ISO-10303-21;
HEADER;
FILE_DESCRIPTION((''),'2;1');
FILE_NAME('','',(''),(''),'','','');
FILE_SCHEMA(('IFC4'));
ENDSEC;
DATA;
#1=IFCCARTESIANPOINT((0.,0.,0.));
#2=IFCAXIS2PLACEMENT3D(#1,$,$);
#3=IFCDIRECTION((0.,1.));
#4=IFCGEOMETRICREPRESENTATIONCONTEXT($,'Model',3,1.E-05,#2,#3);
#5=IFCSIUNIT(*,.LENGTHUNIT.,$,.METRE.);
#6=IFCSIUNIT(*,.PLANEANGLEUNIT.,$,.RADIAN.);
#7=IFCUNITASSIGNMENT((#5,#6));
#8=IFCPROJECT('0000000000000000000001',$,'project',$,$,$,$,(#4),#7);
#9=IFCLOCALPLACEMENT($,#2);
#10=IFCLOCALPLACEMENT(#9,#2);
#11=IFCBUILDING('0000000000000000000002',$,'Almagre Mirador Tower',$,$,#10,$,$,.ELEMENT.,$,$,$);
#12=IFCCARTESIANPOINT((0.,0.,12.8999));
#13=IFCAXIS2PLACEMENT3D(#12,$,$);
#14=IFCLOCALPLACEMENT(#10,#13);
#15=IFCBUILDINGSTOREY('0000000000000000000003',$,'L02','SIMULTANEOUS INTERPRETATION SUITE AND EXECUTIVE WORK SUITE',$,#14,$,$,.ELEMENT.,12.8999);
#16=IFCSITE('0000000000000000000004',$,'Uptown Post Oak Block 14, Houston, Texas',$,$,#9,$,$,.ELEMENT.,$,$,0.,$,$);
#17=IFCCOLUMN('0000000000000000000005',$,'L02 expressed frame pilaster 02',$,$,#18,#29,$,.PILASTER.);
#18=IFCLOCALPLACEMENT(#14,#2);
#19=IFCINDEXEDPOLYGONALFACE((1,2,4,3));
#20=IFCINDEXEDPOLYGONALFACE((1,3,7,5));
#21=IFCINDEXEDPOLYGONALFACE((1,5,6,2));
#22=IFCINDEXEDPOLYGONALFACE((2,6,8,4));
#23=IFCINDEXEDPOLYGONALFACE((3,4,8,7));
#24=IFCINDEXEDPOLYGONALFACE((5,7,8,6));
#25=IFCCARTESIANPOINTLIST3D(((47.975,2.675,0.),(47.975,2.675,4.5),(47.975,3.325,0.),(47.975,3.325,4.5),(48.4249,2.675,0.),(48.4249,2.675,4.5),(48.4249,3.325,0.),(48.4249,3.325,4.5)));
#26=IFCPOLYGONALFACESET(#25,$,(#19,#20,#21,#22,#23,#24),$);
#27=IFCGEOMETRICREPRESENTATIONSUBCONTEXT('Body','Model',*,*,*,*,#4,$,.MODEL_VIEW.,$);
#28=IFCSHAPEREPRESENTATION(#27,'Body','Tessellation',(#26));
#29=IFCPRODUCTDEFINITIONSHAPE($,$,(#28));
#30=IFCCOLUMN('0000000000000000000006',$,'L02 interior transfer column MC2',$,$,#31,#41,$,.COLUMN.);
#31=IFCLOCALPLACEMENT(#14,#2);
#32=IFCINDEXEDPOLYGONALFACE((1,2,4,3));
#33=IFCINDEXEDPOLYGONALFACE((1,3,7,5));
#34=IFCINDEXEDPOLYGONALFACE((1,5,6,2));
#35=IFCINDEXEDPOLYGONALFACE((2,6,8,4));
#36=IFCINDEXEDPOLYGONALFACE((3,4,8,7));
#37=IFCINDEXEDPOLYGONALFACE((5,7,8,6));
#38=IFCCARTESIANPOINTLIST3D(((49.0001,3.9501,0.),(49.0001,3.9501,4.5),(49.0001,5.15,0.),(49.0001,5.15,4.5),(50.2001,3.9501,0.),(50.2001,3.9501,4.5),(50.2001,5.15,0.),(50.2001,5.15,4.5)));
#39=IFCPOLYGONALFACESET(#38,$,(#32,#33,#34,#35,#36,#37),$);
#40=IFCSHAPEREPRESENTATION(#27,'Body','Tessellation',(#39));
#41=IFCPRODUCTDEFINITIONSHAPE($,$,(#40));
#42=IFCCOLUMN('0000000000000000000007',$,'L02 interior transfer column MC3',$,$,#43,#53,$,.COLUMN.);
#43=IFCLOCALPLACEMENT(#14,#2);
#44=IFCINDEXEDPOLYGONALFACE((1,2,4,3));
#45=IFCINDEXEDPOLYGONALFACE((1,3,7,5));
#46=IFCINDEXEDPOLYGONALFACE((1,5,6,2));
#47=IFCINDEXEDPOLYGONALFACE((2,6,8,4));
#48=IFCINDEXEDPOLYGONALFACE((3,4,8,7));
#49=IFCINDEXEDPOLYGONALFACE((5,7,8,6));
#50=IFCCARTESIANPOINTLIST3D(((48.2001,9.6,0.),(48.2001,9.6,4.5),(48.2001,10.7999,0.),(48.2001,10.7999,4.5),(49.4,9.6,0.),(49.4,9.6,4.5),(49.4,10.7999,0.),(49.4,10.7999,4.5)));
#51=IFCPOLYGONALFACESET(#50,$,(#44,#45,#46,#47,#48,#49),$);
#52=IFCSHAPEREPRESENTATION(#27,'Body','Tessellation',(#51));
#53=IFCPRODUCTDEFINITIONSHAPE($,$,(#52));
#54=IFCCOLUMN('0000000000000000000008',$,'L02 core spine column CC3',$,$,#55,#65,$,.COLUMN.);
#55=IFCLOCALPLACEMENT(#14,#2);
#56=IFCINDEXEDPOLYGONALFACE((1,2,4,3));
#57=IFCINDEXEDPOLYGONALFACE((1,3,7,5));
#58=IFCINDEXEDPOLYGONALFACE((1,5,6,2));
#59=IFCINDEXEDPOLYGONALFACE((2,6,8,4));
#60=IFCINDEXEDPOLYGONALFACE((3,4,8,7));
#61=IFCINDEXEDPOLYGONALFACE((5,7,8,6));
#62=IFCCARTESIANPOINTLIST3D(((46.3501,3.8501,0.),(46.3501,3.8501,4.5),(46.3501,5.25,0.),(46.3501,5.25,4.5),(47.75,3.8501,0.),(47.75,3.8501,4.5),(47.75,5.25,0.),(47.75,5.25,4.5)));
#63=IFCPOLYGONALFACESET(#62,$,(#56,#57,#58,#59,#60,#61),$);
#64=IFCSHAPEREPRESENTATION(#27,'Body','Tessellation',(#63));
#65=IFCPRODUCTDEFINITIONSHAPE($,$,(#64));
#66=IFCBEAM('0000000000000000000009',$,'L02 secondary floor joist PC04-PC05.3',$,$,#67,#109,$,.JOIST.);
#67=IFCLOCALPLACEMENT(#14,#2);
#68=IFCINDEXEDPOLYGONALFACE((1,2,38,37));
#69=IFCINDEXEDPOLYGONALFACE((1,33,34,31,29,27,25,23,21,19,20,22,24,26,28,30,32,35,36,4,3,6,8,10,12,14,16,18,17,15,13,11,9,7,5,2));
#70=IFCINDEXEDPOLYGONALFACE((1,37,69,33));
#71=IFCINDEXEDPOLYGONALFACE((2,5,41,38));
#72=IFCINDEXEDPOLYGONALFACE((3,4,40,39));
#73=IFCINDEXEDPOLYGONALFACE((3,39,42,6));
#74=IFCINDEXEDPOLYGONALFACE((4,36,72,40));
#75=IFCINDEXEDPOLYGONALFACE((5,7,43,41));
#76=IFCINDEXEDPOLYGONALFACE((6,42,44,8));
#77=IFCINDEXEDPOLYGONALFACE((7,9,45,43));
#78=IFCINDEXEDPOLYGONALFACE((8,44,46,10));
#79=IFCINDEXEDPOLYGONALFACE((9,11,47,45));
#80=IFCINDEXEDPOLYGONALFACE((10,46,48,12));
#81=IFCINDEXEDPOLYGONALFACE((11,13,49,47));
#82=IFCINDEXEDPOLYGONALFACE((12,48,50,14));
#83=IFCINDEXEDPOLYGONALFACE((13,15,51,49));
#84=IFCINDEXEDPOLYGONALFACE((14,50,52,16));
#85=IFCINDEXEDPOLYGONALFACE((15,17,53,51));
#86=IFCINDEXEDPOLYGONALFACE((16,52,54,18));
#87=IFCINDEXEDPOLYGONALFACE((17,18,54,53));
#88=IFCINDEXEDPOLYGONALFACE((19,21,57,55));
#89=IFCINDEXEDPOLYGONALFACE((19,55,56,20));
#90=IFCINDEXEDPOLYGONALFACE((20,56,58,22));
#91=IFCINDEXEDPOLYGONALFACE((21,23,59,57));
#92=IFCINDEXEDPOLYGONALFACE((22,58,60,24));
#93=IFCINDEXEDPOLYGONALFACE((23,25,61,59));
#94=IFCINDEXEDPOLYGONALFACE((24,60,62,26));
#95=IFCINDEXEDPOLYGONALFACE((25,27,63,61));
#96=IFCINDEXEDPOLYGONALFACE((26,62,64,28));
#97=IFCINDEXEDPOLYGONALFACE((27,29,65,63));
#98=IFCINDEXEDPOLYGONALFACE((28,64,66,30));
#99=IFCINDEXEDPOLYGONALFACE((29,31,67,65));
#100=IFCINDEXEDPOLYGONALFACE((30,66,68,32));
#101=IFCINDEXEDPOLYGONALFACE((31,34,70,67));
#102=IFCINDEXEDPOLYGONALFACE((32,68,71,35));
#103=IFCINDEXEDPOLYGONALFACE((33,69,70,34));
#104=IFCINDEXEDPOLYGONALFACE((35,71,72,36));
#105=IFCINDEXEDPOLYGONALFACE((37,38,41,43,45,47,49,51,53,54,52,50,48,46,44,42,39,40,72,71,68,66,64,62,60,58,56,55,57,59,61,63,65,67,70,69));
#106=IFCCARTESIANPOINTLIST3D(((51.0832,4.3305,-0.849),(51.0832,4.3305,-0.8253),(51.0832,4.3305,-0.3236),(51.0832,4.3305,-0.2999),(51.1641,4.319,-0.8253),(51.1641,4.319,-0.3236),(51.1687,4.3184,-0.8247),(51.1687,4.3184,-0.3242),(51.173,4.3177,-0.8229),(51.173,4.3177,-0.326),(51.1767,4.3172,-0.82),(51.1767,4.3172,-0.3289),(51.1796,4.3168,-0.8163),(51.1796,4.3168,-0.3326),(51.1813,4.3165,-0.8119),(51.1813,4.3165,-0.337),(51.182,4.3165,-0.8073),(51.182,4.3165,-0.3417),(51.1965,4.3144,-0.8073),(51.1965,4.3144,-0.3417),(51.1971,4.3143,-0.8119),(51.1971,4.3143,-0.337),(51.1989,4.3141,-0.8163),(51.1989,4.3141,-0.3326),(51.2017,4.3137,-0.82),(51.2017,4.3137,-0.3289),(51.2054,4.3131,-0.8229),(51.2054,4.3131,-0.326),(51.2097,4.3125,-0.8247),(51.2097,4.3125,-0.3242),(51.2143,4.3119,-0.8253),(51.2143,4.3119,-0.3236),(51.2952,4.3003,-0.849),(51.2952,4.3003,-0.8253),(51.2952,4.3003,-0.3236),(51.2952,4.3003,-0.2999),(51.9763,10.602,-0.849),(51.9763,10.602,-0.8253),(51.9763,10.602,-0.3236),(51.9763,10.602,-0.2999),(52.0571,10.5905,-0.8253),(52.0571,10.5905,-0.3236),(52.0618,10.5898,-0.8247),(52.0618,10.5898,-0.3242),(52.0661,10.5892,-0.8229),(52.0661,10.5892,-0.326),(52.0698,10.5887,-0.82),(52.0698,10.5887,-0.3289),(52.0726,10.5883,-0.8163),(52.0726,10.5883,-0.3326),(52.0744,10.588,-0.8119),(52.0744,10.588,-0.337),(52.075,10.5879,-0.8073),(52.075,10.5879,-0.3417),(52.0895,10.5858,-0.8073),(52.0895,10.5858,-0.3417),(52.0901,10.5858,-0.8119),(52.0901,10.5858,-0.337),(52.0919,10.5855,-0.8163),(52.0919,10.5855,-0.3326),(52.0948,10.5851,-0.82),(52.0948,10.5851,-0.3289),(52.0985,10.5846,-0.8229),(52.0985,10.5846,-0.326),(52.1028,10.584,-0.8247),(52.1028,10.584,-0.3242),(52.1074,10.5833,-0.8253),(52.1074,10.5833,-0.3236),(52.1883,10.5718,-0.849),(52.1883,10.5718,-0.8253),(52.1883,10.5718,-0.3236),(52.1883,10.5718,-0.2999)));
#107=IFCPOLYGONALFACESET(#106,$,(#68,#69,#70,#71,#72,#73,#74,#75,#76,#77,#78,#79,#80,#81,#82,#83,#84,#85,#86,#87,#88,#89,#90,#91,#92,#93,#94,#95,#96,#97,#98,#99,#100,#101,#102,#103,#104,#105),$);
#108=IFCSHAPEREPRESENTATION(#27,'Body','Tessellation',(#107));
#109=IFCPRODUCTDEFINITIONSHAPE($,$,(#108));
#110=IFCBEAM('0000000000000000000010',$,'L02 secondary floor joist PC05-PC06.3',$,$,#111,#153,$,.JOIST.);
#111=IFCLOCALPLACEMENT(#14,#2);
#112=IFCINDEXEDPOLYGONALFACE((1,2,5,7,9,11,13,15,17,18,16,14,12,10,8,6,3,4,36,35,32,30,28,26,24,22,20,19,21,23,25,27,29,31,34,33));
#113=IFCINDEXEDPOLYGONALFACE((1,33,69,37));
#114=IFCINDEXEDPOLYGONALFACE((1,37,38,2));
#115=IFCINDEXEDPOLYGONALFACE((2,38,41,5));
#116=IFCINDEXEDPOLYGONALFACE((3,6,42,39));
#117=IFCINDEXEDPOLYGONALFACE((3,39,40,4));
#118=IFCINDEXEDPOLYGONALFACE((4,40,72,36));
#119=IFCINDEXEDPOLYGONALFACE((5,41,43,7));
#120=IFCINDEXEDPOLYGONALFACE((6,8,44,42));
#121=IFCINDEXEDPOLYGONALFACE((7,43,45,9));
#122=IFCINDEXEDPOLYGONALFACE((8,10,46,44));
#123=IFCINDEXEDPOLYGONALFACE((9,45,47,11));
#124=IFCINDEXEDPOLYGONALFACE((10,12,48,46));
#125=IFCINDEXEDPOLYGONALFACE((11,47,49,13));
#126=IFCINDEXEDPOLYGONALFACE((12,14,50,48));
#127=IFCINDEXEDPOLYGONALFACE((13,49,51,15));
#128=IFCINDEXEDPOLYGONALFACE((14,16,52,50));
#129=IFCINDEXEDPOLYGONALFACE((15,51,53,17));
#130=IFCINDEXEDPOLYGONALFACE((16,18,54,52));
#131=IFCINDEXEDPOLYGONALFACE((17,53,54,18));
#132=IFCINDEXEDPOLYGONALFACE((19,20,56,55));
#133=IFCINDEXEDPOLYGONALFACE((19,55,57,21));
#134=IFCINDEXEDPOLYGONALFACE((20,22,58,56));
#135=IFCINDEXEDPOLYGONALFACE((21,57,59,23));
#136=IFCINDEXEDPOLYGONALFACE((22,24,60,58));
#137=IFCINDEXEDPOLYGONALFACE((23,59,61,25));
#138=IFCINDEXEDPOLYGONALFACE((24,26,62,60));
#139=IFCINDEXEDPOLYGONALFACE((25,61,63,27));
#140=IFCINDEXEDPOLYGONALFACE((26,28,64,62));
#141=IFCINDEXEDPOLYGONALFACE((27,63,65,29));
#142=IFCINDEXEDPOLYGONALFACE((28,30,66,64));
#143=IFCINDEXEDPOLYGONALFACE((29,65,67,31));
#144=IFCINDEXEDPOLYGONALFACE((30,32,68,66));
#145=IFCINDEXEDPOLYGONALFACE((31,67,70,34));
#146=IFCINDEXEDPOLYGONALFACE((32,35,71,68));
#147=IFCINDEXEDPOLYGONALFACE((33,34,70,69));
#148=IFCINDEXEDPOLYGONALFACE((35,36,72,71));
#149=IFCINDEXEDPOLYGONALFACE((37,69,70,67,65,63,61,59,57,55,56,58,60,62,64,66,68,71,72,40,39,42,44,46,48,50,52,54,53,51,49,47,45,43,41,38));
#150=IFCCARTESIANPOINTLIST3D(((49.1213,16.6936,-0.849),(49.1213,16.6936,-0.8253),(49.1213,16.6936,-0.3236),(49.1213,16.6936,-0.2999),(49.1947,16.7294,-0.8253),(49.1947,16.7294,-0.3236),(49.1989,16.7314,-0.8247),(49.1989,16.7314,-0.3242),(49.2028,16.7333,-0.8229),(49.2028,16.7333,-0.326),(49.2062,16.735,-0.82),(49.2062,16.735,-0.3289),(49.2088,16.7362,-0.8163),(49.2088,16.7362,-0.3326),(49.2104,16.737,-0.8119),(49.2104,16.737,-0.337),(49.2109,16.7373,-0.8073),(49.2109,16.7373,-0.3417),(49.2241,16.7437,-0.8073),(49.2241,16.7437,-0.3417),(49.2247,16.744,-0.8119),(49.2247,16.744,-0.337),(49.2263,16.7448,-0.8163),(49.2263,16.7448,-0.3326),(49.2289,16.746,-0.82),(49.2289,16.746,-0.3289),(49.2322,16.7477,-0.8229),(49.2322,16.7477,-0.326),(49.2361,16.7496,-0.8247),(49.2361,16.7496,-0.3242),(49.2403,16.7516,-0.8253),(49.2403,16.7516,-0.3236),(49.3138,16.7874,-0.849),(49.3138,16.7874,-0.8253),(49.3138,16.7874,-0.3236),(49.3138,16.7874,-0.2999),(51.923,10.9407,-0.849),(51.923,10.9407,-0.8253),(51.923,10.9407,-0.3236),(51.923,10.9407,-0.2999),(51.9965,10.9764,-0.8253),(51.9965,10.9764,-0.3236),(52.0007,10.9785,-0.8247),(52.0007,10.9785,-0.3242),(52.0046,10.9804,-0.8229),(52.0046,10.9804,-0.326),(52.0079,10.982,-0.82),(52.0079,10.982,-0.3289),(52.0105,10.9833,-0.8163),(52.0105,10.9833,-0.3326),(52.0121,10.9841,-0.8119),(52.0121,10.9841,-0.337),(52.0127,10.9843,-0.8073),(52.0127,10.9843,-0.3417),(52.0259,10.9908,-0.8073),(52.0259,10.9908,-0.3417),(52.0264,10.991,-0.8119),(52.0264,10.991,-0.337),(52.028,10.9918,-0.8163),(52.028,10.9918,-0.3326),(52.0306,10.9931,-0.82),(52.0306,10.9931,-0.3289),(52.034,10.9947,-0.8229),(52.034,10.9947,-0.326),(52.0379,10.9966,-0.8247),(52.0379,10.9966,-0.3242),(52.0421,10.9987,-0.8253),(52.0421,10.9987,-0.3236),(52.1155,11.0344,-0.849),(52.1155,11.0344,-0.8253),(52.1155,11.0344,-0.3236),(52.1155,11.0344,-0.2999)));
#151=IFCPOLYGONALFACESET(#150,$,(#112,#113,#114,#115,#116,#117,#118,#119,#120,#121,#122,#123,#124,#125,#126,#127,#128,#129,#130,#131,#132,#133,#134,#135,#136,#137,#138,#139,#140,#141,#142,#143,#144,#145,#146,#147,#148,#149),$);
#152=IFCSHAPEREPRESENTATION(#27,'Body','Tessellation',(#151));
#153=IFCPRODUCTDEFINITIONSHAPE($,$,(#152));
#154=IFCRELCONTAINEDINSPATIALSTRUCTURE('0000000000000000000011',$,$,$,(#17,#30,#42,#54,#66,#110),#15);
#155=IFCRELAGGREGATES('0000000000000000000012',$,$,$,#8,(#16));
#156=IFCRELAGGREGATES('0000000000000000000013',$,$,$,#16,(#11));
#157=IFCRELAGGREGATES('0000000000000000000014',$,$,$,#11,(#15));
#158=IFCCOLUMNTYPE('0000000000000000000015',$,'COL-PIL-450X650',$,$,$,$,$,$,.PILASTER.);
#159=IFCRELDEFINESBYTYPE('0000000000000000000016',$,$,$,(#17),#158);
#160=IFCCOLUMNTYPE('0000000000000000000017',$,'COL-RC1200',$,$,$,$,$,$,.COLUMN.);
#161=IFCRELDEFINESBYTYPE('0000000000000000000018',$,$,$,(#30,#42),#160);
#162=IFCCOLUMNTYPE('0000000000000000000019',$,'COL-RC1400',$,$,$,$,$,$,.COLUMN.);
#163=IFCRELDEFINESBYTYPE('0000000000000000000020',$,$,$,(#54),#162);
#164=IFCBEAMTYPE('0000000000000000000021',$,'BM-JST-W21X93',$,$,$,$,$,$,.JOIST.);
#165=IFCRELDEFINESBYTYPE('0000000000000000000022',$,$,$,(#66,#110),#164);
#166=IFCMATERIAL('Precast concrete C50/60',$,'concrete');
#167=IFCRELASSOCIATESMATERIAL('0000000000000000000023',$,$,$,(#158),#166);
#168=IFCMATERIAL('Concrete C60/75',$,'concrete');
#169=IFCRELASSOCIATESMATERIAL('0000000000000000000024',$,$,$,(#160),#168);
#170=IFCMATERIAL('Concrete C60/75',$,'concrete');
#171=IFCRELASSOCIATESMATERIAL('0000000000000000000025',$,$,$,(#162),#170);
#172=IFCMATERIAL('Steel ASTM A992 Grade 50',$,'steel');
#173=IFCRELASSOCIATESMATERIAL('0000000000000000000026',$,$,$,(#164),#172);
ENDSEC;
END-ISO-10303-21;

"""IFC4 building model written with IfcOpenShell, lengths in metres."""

from ifc_helpers import new_model, si_unit, direction, frame, origin, origin_2d, place, context, subcontext, project, spatial, rectangle, i_section, extrude, material, material_profile, profile_set, type_object, element, save


model = new_model("IFC4")

# Units and contexts
model_context = context("Model", 3, precision=1e-05, world=origin(), true_north=direction((0.0, 1.0)))
body_context = subcontext(model_context, "Body", "Model", "MODEL_VIEW")
ifc_project = project(units=[si_unit("LENGTHUNIT", "METRE"), si_unit("PLANEANGLEUNIT", "RADIAN")], contexts=[model_context])

# Site, building, storey
site_placement = place(None, origin())
site = spatial("IfcSite", under=ifc_project, at=site_placement, Name="Uptown Post Oak Block 14, Houston, Texas", CompositionType="ELEMENT", RefElevation=0.0)
building_placement = place(site_placement, origin())
building = spatial("IfcBuilding", under=site, at=building_placement, Name="Almagre Mirador Tower", CompositionType="ELEMENT")
storey_placement = place(building_placement, frame((0.0, 0.0, 12.8999)))
storey = spatial("IfcBuildingStorey", under=building, at=storey_placement, Name="L02", Description="SIMULTANEOUS INTERPRETATION SUITE AND EXECUTIVE WORK SUITE", CompositionType="ELEMENT", Elevation=12.8999)

# Columns
ifc_material_1 = material(Name="Precast concrete C50/60", Category="concrete")
ifc_material_profile_1 = material_profile(ifc_material_1, rectangle(XDim=0.45, YDim=0.6499, at=origin_2d()), Name="RC450X650")
ifc_profile_set_1 = profile_set([ifc_material_profile_1], Name="Precast concrete C50/60")
column_type_1 = type_object("IfcColumnType", Name="COL-PIL-450X650", PredefinedType="PILASTER", material=ifc_profile_set_1)
column_1_placement = place(storey_placement, frame((48.2, 3.0, 0.0), z_axis=(0.0, 0.0, 1.0), x_axis=(1.0, 0.0, 0.0)))
element("IfcColumn", 1, at=column_1_placement, inside=storey, type_object=column_type_1, Name="L02 expressed frame pilaster 02", PredefinedType="PILASTER", context=body_context, shape_type="SweptSolid", body=[
    extrude(rectangle(XDim=0.45, YDim=0.6499, at=origin_2d()), origin(), (0.0, 0.0, 1.0), 4.5),
])
ifc_material_2 = material(Name="Concrete C60/75", Category="concrete")
ifc_material_profile_2 = material_profile(ifc_material_2, rectangle(XDim=1.2, YDim=1.2, at=origin_2d()), Name="RC1200X1200")
ifc_profile_set_2 = profile_set([ifc_material_profile_2], Name="Concrete C60/75")
column_type_2 = type_object("IfcColumnType", Name="COL-RC1200", PredefinedType="COLUMN", material=ifc_profile_set_2)
for number, where, z_axis, x_axis, name in (
    (2, (49.6001, 4.55, 0.0), (0.0, 0.0, 1.0), (1.0, 0.0, 0.0), "L02 interior transfer column MC2"),
    (3, (48.8, 10.2, 0.0), (0.0, 0.0, 1.0), (1.0, 0.0, 0.0), "L02 interior transfer column MC3"),
):
    element("IfcColumn", number, at=place(storey_placement, frame(where, z_axis=z_axis, x_axis=x_axis)), inside=storey, type_object=column_type_2, Name=name, PredefinedType="COLUMN", context=body_context, shape_type="SweptSolid", body=[
        extrude(rectangle(XDim=1.2, YDim=1.2, at=origin_2d()), origin(), (0.0, 0.0, 1.0), 4.5),
    ])
ifc_material_3 = material(Name="Concrete C60/75", Category="concrete")
ifc_material_profile_3 = material_profile(ifc_material_3, rectangle(XDim=1.3999, YDim=1.3999, at=origin_2d()), Name="RC1400X1400")
ifc_profile_set_3 = profile_set([ifc_material_profile_3], Name="Concrete C60/75")
column_type_3 = type_object("IfcColumnType", Name="COL-RC1400", PredefinedType="COLUMN", material=ifc_profile_set_3)
column_2_placement = place(storey_placement, frame((47.05, 4.55, 0.0), z_axis=(0.0, 0.0, 1.0), x_axis=(1.0, 0.0, 0.0)))
element("IfcColumn", 4, at=column_2_placement, inside=storey, type_object=column_type_3, Name="L02 core spine column CC3", PredefinedType="COLUMN", context=body_context, shape_type="SweptSolid", body=[
    extrude(rectangle(XDim=1.3999, YDim=1.3999, at=origin_2d()), origin(), (0.0, 0.0, 1.0), 4.5),
])

# Beams
ifc_material_4 = material(Name="Steel ASTM A992 Grade 50", Category="steel")
ifc_material_profile_4 = material_profile(ifc_material_4, i_section(OverallWidth=0.2141, OverallDepth=0.5491, WebThickness=0.0146, FlangeThickness=0.0237, FilletRadius=0.0181, at=origin_2d()), Name="W21X93")
ifc_profile_set_4 = profile_set([ifc_material_profile_4], Name="Steel ASTM A992 Grade 50")
beam_type_1 = type_object("IfcBeamType", Name="BM-JST-W21X93", PredefinedType="JOIST", material=ifc_profile_set_4)
beam_1_placement = place(storey_placement, frame((51.1892, 4.3154, -0.5745), z_axis=(0.140979, 0.990013, 0.0), x_axis=(-0.990013, 0.140979, 0.0)))
element("IfcBeam", 5, at=beam_1_placement, inside=storey, type_object=beam_type_1, Name="L02 secondary floor joist PC04-PC05.3", PredefinedType="JOIST", context=body_context, shape_type="SweptSolid", body=[
    extrude(i_section(OverallWidth=0.2141, OverallDepth=0.5491, WebThickness=0.0146, FlangeThickness=0.0237, FilletRadius=0.0181, at=origin_2d()), origin(), (0.0, 0.0, 1.0), 6.3347),
])
beam_2_placement = place(storey_placement, frame((52.0193, 10.9875, -0.5745), z_axis=(-0.437849, 0.899048, 0.0), x_axis=(-0.899048, -0.437849, 0.0)))
element("IfcBeam", 6, at=beam_2_placement, inside=storey, type_object=beam_type_1, Name="L02 secondary floor joist PC05-PC06.3", PredefinedType="JOIST", context=body_context, shape_type="SweptSolid", body=[
    extrude(i_section(OverallWidth=0.2141, OverallDepth=0.5491, WebThickness=0.0146, FlangeThickness=0.0237, FilletRadius=0.0181, at=origin_2d()), origin(), (0.0, 0.0, 1.0), 6.3989),
])

save(model, "model.ifc")
